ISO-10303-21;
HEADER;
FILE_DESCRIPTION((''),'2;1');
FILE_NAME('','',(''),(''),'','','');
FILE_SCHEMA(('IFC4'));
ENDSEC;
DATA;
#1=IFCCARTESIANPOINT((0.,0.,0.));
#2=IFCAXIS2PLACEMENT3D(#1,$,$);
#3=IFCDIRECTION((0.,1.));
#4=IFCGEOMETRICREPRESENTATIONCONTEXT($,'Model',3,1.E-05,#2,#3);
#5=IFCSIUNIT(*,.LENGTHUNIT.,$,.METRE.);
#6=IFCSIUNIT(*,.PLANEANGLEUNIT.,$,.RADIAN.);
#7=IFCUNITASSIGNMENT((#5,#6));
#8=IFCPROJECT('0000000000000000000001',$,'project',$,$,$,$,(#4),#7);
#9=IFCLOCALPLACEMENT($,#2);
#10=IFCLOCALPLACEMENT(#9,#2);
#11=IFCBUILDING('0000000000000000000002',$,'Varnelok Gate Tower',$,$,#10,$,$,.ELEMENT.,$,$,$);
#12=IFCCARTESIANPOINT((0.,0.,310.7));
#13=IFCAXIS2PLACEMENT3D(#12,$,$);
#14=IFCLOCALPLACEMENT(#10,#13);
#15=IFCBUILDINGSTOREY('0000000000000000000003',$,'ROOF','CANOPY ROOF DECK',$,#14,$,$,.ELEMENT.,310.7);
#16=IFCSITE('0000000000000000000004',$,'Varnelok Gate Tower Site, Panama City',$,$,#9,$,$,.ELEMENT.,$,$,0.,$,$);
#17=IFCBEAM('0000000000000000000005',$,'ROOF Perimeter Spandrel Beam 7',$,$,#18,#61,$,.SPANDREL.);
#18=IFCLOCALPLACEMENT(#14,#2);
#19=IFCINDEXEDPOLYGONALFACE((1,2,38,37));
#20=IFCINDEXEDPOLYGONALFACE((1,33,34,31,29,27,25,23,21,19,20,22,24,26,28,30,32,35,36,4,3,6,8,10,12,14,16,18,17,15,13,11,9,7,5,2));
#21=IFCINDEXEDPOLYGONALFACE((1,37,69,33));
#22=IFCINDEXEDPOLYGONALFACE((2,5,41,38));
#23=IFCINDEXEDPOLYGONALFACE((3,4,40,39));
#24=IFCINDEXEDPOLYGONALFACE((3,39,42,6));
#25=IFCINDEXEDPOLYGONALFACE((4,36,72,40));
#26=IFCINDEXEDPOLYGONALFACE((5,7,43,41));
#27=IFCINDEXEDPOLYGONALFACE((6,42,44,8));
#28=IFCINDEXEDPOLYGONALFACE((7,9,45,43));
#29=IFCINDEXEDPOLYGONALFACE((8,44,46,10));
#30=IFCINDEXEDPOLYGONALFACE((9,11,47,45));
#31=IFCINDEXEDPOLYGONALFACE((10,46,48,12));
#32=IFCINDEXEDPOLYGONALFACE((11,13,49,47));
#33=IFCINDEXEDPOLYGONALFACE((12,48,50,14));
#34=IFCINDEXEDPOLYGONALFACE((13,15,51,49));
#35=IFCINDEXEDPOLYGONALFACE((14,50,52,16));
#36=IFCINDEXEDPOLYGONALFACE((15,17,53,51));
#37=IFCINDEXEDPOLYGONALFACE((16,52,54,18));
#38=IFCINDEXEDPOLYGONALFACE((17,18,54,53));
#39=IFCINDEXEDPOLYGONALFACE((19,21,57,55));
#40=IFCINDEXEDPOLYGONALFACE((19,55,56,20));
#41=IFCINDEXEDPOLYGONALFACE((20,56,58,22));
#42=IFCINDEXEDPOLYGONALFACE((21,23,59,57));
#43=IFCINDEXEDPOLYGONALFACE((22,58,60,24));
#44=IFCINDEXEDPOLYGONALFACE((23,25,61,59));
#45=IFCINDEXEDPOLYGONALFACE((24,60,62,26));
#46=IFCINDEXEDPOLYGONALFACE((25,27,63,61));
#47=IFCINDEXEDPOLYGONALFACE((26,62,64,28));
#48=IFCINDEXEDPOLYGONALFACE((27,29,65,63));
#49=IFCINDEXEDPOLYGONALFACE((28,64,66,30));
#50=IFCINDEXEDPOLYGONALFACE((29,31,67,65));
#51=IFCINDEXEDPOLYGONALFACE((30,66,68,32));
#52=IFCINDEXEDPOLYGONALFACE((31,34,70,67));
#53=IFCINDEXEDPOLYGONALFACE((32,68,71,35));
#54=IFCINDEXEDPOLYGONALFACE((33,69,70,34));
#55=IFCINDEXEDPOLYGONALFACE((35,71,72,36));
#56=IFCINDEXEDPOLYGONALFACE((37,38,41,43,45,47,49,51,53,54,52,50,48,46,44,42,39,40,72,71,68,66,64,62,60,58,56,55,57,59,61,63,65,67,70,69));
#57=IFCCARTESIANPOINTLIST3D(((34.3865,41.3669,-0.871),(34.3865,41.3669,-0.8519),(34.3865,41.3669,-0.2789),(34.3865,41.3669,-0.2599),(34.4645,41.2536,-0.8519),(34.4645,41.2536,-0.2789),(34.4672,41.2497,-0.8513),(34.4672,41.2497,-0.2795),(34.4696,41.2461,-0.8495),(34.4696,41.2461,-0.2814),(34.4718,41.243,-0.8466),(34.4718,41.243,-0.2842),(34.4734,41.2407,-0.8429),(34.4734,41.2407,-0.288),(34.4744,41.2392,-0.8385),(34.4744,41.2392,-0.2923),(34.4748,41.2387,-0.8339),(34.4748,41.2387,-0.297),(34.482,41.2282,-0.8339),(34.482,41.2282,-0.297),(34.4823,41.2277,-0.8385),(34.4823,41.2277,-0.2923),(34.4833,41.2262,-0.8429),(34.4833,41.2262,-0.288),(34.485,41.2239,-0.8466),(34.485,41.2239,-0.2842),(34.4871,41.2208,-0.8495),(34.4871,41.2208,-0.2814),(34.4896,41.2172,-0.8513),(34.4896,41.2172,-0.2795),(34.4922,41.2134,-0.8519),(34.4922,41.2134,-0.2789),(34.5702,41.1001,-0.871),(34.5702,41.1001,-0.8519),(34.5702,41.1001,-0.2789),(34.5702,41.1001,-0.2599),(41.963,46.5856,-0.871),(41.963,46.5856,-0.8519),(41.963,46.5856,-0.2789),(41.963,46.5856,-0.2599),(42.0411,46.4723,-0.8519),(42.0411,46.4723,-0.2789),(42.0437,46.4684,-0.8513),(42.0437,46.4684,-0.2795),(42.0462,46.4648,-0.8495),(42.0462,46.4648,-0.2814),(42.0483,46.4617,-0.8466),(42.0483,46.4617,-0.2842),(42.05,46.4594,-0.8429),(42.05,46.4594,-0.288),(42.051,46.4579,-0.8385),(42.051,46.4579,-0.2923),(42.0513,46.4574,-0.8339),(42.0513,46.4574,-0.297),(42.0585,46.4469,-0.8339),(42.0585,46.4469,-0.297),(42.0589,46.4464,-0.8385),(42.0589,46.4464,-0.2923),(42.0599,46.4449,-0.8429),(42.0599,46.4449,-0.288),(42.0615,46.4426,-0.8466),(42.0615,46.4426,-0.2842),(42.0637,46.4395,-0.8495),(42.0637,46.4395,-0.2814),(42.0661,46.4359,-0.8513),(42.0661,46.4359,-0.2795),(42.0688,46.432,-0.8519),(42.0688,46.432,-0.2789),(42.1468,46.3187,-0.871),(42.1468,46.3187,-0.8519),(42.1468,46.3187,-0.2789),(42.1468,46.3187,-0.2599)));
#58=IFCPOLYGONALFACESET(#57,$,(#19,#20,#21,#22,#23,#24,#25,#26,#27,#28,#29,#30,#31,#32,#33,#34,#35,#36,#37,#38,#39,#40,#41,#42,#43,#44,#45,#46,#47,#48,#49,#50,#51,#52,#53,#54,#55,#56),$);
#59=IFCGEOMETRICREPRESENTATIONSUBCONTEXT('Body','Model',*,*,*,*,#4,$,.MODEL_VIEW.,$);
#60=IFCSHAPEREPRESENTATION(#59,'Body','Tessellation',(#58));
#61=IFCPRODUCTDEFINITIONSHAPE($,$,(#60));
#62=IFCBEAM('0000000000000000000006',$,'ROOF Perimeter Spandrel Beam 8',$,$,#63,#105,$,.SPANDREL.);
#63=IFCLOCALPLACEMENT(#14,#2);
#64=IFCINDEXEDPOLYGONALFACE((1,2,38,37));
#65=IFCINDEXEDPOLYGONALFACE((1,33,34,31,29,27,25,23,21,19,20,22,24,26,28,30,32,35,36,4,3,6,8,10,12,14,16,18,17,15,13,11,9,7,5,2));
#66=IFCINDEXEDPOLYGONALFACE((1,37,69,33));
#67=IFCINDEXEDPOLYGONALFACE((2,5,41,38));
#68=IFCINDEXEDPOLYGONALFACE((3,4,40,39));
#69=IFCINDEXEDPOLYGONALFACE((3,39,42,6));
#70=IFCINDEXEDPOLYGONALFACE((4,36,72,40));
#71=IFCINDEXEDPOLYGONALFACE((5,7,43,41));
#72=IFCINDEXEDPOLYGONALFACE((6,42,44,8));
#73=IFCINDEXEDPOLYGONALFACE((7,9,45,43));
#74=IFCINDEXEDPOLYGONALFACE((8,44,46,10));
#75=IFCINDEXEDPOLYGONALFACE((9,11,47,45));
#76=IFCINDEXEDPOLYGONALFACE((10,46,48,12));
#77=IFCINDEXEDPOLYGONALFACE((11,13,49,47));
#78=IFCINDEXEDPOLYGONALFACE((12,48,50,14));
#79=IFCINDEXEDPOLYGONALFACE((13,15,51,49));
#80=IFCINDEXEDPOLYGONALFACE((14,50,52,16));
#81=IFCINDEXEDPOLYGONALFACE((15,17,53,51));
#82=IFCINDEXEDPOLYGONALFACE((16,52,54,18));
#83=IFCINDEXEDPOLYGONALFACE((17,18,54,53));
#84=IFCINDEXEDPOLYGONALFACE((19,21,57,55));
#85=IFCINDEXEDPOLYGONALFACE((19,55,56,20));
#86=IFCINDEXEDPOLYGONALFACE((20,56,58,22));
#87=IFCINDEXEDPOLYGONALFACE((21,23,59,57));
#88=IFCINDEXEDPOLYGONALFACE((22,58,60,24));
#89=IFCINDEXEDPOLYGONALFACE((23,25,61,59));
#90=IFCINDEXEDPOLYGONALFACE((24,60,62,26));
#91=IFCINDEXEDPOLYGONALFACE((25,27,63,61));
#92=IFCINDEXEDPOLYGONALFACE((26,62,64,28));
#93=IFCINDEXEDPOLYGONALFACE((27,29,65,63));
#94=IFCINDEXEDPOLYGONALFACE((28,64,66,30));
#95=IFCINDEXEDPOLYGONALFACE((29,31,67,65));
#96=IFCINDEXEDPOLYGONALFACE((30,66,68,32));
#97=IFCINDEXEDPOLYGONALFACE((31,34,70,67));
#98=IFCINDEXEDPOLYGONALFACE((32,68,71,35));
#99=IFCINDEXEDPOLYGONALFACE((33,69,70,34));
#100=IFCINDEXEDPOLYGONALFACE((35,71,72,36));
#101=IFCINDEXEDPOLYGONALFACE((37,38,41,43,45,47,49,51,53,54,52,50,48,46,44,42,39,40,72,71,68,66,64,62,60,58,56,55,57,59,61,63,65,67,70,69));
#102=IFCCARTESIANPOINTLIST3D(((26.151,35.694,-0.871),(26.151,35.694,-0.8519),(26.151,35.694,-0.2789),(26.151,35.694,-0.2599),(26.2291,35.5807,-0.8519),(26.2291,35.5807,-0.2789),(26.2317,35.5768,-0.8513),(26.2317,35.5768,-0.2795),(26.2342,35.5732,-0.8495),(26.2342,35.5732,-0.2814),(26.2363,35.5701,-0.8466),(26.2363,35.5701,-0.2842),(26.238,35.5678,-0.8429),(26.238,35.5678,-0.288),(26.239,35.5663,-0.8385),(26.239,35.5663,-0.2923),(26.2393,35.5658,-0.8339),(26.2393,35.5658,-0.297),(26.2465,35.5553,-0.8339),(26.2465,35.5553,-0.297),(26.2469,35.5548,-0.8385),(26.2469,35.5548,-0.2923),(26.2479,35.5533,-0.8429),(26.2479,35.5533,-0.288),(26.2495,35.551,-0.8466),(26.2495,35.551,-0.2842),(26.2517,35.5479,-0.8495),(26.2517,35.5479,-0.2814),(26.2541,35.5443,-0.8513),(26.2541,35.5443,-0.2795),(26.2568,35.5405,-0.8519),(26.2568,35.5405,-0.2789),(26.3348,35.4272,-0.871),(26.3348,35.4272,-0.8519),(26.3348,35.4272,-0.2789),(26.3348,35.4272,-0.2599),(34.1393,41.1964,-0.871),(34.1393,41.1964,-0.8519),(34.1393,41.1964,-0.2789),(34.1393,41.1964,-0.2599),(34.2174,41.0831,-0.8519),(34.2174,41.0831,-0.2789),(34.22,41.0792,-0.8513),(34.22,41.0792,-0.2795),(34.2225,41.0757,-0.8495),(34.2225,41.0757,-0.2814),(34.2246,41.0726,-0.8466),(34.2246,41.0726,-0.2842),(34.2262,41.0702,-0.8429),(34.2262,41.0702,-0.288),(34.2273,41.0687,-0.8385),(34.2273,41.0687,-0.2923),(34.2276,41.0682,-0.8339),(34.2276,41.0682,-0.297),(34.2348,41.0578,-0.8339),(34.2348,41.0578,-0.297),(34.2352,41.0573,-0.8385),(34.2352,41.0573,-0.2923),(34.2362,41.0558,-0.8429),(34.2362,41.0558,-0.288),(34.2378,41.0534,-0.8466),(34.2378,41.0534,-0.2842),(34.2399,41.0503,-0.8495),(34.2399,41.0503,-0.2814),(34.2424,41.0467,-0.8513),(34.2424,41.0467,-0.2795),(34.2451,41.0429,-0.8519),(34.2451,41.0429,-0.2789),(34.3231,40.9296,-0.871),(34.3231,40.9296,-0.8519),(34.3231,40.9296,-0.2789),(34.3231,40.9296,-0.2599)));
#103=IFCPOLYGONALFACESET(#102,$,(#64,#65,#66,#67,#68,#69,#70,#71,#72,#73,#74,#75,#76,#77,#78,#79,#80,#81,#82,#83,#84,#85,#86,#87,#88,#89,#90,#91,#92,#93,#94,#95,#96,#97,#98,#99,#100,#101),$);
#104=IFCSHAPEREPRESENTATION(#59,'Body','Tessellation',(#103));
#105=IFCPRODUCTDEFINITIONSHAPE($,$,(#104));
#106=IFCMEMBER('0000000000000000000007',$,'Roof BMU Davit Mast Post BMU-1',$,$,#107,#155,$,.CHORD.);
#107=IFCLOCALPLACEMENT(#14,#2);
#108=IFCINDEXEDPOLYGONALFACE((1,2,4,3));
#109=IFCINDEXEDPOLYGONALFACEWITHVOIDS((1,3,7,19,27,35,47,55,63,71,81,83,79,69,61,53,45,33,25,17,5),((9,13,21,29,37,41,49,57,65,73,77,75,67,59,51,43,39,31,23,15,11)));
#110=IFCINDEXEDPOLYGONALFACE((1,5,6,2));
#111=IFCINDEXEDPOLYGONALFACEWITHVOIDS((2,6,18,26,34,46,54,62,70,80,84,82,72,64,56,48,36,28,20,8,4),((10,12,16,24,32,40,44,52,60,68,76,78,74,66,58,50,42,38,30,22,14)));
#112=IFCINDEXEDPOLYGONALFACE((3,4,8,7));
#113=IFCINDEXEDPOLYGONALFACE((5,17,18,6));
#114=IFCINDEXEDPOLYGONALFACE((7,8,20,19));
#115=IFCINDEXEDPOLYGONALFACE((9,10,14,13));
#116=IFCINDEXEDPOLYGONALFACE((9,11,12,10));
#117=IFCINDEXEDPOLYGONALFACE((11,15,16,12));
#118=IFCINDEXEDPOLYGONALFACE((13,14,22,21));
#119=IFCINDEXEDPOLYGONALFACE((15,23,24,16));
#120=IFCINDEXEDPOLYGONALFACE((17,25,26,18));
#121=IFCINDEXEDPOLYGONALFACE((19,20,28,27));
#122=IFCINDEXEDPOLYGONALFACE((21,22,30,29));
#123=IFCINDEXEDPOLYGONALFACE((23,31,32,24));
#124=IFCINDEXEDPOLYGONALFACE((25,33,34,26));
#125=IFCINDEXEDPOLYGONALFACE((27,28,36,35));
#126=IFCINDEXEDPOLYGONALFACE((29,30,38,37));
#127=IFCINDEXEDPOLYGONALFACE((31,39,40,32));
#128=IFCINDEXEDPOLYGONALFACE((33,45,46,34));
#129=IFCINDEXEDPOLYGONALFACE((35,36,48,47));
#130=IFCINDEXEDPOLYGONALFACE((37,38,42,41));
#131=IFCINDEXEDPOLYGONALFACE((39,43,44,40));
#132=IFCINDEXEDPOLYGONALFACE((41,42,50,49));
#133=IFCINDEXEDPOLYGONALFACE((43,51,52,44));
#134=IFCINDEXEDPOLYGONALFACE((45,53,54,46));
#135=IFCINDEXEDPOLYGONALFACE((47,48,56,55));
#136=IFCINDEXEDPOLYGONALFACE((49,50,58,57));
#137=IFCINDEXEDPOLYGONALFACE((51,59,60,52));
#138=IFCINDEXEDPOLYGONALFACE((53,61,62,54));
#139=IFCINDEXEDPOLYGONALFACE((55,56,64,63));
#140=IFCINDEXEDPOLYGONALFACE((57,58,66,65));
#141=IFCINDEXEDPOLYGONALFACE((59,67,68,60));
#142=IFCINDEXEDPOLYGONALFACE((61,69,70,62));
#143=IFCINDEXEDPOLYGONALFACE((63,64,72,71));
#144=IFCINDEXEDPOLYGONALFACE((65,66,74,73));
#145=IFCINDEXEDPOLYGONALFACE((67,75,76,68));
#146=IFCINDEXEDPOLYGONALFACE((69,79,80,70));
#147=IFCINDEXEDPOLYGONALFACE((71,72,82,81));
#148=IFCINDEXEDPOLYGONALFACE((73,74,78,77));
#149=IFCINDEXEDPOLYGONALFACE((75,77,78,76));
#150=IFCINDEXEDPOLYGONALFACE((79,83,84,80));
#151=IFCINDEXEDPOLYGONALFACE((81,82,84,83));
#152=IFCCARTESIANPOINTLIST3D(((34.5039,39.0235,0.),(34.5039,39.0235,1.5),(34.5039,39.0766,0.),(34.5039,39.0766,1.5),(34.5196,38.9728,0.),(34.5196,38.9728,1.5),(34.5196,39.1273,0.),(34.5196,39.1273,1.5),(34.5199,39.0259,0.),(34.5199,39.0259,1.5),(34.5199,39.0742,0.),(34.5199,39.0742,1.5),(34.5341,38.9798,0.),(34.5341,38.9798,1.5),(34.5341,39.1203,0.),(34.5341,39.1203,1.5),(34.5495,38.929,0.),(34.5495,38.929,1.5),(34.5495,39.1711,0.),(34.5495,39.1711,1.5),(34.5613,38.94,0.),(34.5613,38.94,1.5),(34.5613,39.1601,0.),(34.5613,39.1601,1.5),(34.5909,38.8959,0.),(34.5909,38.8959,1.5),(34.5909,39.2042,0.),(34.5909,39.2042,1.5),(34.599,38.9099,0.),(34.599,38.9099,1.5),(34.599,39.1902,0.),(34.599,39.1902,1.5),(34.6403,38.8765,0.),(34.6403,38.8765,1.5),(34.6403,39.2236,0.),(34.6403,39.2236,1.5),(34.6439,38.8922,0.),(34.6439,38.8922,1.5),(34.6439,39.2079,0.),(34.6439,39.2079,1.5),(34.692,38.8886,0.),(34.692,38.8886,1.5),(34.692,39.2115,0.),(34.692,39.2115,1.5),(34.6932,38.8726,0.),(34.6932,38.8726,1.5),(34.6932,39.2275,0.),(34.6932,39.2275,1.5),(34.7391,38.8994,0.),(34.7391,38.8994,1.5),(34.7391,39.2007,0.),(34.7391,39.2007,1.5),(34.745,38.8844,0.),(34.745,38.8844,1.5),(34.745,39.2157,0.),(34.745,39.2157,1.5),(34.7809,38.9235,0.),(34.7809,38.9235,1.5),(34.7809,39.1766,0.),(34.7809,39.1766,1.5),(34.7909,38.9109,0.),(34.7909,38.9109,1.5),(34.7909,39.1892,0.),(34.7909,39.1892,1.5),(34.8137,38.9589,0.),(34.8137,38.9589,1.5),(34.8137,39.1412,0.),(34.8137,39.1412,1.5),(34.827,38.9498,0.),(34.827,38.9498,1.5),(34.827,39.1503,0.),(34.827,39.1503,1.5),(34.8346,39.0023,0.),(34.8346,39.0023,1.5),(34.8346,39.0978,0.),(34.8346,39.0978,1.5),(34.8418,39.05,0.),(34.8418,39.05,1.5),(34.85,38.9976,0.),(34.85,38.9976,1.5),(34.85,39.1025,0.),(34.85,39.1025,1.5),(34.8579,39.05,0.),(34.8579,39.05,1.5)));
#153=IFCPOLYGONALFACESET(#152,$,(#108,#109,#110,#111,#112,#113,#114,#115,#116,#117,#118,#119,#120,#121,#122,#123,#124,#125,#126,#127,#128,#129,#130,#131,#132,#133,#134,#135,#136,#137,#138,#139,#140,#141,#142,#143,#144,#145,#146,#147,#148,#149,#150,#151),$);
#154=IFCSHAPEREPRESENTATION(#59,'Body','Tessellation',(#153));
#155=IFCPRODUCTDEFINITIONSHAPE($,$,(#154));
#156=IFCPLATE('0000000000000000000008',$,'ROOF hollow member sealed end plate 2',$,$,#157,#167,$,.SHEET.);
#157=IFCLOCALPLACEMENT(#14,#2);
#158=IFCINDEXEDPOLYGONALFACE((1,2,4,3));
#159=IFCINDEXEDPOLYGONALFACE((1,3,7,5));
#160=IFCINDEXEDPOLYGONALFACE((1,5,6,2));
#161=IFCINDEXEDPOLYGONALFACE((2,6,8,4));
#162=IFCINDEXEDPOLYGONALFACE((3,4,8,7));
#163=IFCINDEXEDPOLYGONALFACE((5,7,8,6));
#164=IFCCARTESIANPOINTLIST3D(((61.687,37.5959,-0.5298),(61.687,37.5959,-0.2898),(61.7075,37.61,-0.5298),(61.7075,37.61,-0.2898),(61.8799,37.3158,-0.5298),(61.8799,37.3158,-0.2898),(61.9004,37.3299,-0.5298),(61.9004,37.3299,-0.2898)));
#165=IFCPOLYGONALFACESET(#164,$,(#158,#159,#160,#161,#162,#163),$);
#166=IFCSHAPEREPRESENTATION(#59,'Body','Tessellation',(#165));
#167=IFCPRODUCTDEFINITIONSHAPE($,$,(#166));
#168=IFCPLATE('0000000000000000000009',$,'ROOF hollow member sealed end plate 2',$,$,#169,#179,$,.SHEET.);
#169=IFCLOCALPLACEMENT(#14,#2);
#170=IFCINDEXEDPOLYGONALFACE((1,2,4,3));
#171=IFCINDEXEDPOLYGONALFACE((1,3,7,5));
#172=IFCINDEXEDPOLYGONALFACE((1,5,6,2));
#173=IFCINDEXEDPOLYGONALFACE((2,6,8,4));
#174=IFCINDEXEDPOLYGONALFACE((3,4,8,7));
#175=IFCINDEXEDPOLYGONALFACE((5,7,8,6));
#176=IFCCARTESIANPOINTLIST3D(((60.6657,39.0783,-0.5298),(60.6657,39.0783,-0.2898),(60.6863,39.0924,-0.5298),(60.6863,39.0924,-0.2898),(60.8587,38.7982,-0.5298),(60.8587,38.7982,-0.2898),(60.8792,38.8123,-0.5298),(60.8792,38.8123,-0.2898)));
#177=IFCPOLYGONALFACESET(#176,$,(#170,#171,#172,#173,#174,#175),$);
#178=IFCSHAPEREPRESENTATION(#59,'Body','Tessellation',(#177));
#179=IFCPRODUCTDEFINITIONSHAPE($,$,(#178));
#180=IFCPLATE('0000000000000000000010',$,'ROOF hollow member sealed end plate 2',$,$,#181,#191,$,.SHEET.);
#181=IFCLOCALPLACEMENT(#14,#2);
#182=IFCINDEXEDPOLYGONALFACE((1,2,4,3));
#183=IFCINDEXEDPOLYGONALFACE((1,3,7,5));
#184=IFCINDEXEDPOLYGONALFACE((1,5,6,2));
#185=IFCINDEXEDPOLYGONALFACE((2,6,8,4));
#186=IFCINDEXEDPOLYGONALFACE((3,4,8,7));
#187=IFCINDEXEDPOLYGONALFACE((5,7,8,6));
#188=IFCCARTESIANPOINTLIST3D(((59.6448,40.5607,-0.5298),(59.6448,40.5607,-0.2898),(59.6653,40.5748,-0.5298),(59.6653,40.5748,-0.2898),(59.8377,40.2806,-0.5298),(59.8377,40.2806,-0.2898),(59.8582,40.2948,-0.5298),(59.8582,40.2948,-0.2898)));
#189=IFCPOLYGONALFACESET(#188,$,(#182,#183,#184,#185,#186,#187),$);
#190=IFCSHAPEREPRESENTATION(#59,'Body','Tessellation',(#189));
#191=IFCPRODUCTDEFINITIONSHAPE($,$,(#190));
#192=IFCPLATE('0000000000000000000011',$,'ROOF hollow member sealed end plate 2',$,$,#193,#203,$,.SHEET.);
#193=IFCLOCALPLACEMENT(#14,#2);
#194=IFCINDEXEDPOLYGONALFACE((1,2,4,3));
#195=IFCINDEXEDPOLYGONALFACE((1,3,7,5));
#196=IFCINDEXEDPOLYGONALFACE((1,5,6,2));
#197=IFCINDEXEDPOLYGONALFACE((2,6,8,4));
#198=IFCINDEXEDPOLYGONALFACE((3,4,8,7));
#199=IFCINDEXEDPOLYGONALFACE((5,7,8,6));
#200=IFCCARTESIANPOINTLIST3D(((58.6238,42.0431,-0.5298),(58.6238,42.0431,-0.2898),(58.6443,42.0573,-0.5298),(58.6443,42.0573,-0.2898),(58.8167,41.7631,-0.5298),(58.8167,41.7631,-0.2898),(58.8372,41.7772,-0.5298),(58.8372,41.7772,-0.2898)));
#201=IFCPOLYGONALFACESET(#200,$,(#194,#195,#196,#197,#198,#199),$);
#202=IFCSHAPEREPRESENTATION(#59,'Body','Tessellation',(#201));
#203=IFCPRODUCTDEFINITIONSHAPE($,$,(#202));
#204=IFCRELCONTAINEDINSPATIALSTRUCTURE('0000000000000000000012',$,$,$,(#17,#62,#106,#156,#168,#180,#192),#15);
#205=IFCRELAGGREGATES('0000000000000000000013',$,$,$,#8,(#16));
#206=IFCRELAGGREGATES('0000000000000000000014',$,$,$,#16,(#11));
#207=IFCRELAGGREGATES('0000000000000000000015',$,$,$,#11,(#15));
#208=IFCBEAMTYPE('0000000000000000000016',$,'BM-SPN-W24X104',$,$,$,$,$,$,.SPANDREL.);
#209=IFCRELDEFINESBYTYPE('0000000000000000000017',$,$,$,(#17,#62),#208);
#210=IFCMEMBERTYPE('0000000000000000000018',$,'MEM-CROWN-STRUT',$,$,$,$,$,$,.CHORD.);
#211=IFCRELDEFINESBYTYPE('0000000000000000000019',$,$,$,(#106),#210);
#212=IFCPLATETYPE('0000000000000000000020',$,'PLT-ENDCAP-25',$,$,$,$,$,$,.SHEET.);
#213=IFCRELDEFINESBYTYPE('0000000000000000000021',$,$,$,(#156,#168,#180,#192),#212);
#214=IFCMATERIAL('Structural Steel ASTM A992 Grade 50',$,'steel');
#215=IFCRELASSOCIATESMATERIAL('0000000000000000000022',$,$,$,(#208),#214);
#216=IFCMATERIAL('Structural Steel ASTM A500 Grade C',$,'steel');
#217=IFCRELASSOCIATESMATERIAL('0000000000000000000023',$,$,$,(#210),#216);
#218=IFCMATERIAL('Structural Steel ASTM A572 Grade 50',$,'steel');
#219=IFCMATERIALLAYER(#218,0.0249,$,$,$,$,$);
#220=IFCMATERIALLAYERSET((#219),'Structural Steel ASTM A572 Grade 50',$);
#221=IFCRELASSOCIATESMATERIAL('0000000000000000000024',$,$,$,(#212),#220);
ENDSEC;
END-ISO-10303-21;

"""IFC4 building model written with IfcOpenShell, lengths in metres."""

from ifc_helpers import new_model, si_unit, direction, frame, origin, origin_2d, place, context, subcontext, project, spatial, rectangle, hollow_circle, i_section, extrude, source, transform, mapped, material, layer, layer_set, material_profile, profile_set, type_object, element, save


model = new_model("IFC4")

# Units and contexts
model_context = context("Model", 3, precision=1e-05, world=origin(), true_north=direction((0.0, 1.0)))
body_context = subcontext(model_context, "Body", "Model", "MODEL_VIEW")
ifc_project = project(units=[si_unit("LENGTHUNIT", "METRE"), si_unit("PLANEANGLEUNIT", "RADIAN")], contexts=[model_context])

# Site, building, storey
site_placement = place(None, origin())
site = spatial("IfcSite", under=ifc_project, at=site_placement, Name="Varnelok Gate Tower Site, Panama City", CompositionType="ELEMENT", RefElevation=0.0)
building_placement = place(site_placement, origin())
building = spatial("IfcBuilding", under=site, at=building_placement, Name="Varnelok Gate Tower", CompositionType="ELEMENT")
storey_placement = place(building_placement, frame((0.0, 0.0, 310.7)))
storey = spatial("IfcBuildingStorey", under=building, at=storey_placement, Name="ROOF", Description="CANOPY ROOF DECK", CompositionType="ELEMENT", Elevation=310.7)

# Beams
ifc_material_1 = material(Name="Structural Steel ASTM A992 Grade 50", Category="steel")
ifc_material_profile_1 = material_profile(ifc_material_1, i_section(OverallWidth=0.324, OverallDepth=0.6111, WebThickness=0.0127, FlangeThickness=0.019, FilletRadius=0.0181, at=origin_2d()), Name="W24X104")
ifc_profile_set_1 = profile_set([ifc_material_profile_1], Name="Structural Steel ASTM A992 Grade 50")
beam_type_1 = type_object("IfcBeamType", Name="BM-SPN-W24X104", PredefinedType="SPANDREL", material=ifc_profile_set_1)
beam_1_placement = place(storey_placement, frame((42.0549, 46.4521, -0.5654), z_axis=(-0.823545, -0.567252, 0.0), x_axis=(0.567252, -0.823545, 0.0)))
element("IfcBeam", 1, at=beam_1_placement, inside=storey, type_object=beam_type_1, Name="ROOF Perimeter Spandrel Beam 7", PredefinedType="SPANDREL", context=body_context, shape_type="SweptSolid", body=[
    extrude(i_section(OverallWidth=0.324, OverallDepth=0.6111, WebThickness=0.0127, FlangeThickness=0.019, FilletRadius=0.0181, at=origin_2d()), origin(), (0.0, 0.0, 1.0), 9.2),
])
beam_2_placement = place(storey_placement, frame((34.2312, 41.063, -0.5654), z_axis=(-0.823536, -0.567264, 0.0), x_axis=(0.567264, -0.823536, 0.0)))
element("IfcBeam", 2, at=beam_2_placement, inside=storey, type_object=beam_type_1, Name="ROOF Perimeter Spandrel Beam 8", PredefinedType="SPANDREL", context=body_context, shape_type="SweptSolid", body=[
    extrude(i_section(OverallWidth=0.324, OverallDepth=0.6111, WebThickness=0.0127, FlangeThickness=0.019, FilletRadius=0.0181, at=origin_2d()), origin(), (0.0, 0.0, 1.0), 9.7),
])

# Member
ifc_material_2 = material(Name="Structural Steel ASTM A500 Grade C", Category="steel")
ifc_material_profile_2 = material_profile(ifc_material_2, hollow_circle(Radius=0.178, WallThickness=0.0161, at=origin_2d()), Name="CHS356X16")
ifc_profile_set_2 = profile_set([ifc_material_profile_2], Name="Structural Steel ASTM A500 Grade C")
member_type = type_object("IfcMemberType", Name="MEM-CROWN-STRUT", PredefinedType="CHORD", material=ifc_profile_set_2)
member_placement = place(storey_placement, frame((34.6799, 39.05, 0.0), z_axis=(0.0, 0.0, 1.0), x_axis=(1.0, 0.0, 0.0)))
element("IfcMember", 3, at=member_placement, inside=storey, type_object=member_type, Name="Roof BMU Davit Mast Post BMU-1", PredefinedType="CHORD", context=body_context, shape_type="SweptSolid", body=[
    extrude(hollow_circle(Radius=0.178, WallThickness=0.0161, at=origin_2d()), origin(), (0.0, 0.0, 1.0), 1.5),
])

# Plates
ifc_material_3 = material(Name="Structural Steel ASTM A572 Grade 50", Category="steel")
ifc_layer_1 = layer(ifc_material_3, 0.0249)
ifc_layer_set_1 = layer_set([ifc_layer_1], Name="Structural Steel ASTM A572 Grade 50")
plate_type_1 = type_object("IfcPlateType", Name="PLT-ENDCAP-25", PredefinedType="SHEET", material=ifc_layer_set_1)
shared_shape_1 = source(origin(), body_context, "Body", "SweptSolid", [
    extrude(rectangle(XDim=0.0249, YDim=0.3401, at=origin_2d()), origin(), (0.0, 0.0, 1.0), 0.24),
])
for number, where, z_axis, x_axis, name in (
    (4, (61.7937, 37.4629, -0.5298), (0.0, 0.0, 1.0), (0.823533, 0.567269, 0.0), "ROOF hollow member sealed end plate 2"),
    (5, (60.7725, 38.9453, -0.5298), (0.0, 0.0, 1.0), (0.823533, 0.567269, 0.0), "ROOF hollow member sealed end plate 2"),
    (6, (59.7515, 40.4277, -0.5298), (0.0, 0.0, 1.0), (0.823533, 0.567269, 0.0), "ROOF hollow member sealed end plate 2"),
    (7, (58.7305, 41.9102, -0.5298), (0.0, 0.0, 1.0), (0.823533, 0.567269, 0.0), "ROOF hollow member sealed end plate 2"),
):
    element("IfcPlate", number, at=place(storey_placement, frame(where, z_axis=z_axis, x_axis=x_axis)), inside=storey, type_object=plate_type_1, Name=name, PredefinedType="SHEET", context=body_context, shape_type="MappedRepresentation", body=[
        mapped(shared_shape_1, transform((0.0, 0.0, 0.0), scale=1.0)),
    ])

save(model, "model.ifc")
